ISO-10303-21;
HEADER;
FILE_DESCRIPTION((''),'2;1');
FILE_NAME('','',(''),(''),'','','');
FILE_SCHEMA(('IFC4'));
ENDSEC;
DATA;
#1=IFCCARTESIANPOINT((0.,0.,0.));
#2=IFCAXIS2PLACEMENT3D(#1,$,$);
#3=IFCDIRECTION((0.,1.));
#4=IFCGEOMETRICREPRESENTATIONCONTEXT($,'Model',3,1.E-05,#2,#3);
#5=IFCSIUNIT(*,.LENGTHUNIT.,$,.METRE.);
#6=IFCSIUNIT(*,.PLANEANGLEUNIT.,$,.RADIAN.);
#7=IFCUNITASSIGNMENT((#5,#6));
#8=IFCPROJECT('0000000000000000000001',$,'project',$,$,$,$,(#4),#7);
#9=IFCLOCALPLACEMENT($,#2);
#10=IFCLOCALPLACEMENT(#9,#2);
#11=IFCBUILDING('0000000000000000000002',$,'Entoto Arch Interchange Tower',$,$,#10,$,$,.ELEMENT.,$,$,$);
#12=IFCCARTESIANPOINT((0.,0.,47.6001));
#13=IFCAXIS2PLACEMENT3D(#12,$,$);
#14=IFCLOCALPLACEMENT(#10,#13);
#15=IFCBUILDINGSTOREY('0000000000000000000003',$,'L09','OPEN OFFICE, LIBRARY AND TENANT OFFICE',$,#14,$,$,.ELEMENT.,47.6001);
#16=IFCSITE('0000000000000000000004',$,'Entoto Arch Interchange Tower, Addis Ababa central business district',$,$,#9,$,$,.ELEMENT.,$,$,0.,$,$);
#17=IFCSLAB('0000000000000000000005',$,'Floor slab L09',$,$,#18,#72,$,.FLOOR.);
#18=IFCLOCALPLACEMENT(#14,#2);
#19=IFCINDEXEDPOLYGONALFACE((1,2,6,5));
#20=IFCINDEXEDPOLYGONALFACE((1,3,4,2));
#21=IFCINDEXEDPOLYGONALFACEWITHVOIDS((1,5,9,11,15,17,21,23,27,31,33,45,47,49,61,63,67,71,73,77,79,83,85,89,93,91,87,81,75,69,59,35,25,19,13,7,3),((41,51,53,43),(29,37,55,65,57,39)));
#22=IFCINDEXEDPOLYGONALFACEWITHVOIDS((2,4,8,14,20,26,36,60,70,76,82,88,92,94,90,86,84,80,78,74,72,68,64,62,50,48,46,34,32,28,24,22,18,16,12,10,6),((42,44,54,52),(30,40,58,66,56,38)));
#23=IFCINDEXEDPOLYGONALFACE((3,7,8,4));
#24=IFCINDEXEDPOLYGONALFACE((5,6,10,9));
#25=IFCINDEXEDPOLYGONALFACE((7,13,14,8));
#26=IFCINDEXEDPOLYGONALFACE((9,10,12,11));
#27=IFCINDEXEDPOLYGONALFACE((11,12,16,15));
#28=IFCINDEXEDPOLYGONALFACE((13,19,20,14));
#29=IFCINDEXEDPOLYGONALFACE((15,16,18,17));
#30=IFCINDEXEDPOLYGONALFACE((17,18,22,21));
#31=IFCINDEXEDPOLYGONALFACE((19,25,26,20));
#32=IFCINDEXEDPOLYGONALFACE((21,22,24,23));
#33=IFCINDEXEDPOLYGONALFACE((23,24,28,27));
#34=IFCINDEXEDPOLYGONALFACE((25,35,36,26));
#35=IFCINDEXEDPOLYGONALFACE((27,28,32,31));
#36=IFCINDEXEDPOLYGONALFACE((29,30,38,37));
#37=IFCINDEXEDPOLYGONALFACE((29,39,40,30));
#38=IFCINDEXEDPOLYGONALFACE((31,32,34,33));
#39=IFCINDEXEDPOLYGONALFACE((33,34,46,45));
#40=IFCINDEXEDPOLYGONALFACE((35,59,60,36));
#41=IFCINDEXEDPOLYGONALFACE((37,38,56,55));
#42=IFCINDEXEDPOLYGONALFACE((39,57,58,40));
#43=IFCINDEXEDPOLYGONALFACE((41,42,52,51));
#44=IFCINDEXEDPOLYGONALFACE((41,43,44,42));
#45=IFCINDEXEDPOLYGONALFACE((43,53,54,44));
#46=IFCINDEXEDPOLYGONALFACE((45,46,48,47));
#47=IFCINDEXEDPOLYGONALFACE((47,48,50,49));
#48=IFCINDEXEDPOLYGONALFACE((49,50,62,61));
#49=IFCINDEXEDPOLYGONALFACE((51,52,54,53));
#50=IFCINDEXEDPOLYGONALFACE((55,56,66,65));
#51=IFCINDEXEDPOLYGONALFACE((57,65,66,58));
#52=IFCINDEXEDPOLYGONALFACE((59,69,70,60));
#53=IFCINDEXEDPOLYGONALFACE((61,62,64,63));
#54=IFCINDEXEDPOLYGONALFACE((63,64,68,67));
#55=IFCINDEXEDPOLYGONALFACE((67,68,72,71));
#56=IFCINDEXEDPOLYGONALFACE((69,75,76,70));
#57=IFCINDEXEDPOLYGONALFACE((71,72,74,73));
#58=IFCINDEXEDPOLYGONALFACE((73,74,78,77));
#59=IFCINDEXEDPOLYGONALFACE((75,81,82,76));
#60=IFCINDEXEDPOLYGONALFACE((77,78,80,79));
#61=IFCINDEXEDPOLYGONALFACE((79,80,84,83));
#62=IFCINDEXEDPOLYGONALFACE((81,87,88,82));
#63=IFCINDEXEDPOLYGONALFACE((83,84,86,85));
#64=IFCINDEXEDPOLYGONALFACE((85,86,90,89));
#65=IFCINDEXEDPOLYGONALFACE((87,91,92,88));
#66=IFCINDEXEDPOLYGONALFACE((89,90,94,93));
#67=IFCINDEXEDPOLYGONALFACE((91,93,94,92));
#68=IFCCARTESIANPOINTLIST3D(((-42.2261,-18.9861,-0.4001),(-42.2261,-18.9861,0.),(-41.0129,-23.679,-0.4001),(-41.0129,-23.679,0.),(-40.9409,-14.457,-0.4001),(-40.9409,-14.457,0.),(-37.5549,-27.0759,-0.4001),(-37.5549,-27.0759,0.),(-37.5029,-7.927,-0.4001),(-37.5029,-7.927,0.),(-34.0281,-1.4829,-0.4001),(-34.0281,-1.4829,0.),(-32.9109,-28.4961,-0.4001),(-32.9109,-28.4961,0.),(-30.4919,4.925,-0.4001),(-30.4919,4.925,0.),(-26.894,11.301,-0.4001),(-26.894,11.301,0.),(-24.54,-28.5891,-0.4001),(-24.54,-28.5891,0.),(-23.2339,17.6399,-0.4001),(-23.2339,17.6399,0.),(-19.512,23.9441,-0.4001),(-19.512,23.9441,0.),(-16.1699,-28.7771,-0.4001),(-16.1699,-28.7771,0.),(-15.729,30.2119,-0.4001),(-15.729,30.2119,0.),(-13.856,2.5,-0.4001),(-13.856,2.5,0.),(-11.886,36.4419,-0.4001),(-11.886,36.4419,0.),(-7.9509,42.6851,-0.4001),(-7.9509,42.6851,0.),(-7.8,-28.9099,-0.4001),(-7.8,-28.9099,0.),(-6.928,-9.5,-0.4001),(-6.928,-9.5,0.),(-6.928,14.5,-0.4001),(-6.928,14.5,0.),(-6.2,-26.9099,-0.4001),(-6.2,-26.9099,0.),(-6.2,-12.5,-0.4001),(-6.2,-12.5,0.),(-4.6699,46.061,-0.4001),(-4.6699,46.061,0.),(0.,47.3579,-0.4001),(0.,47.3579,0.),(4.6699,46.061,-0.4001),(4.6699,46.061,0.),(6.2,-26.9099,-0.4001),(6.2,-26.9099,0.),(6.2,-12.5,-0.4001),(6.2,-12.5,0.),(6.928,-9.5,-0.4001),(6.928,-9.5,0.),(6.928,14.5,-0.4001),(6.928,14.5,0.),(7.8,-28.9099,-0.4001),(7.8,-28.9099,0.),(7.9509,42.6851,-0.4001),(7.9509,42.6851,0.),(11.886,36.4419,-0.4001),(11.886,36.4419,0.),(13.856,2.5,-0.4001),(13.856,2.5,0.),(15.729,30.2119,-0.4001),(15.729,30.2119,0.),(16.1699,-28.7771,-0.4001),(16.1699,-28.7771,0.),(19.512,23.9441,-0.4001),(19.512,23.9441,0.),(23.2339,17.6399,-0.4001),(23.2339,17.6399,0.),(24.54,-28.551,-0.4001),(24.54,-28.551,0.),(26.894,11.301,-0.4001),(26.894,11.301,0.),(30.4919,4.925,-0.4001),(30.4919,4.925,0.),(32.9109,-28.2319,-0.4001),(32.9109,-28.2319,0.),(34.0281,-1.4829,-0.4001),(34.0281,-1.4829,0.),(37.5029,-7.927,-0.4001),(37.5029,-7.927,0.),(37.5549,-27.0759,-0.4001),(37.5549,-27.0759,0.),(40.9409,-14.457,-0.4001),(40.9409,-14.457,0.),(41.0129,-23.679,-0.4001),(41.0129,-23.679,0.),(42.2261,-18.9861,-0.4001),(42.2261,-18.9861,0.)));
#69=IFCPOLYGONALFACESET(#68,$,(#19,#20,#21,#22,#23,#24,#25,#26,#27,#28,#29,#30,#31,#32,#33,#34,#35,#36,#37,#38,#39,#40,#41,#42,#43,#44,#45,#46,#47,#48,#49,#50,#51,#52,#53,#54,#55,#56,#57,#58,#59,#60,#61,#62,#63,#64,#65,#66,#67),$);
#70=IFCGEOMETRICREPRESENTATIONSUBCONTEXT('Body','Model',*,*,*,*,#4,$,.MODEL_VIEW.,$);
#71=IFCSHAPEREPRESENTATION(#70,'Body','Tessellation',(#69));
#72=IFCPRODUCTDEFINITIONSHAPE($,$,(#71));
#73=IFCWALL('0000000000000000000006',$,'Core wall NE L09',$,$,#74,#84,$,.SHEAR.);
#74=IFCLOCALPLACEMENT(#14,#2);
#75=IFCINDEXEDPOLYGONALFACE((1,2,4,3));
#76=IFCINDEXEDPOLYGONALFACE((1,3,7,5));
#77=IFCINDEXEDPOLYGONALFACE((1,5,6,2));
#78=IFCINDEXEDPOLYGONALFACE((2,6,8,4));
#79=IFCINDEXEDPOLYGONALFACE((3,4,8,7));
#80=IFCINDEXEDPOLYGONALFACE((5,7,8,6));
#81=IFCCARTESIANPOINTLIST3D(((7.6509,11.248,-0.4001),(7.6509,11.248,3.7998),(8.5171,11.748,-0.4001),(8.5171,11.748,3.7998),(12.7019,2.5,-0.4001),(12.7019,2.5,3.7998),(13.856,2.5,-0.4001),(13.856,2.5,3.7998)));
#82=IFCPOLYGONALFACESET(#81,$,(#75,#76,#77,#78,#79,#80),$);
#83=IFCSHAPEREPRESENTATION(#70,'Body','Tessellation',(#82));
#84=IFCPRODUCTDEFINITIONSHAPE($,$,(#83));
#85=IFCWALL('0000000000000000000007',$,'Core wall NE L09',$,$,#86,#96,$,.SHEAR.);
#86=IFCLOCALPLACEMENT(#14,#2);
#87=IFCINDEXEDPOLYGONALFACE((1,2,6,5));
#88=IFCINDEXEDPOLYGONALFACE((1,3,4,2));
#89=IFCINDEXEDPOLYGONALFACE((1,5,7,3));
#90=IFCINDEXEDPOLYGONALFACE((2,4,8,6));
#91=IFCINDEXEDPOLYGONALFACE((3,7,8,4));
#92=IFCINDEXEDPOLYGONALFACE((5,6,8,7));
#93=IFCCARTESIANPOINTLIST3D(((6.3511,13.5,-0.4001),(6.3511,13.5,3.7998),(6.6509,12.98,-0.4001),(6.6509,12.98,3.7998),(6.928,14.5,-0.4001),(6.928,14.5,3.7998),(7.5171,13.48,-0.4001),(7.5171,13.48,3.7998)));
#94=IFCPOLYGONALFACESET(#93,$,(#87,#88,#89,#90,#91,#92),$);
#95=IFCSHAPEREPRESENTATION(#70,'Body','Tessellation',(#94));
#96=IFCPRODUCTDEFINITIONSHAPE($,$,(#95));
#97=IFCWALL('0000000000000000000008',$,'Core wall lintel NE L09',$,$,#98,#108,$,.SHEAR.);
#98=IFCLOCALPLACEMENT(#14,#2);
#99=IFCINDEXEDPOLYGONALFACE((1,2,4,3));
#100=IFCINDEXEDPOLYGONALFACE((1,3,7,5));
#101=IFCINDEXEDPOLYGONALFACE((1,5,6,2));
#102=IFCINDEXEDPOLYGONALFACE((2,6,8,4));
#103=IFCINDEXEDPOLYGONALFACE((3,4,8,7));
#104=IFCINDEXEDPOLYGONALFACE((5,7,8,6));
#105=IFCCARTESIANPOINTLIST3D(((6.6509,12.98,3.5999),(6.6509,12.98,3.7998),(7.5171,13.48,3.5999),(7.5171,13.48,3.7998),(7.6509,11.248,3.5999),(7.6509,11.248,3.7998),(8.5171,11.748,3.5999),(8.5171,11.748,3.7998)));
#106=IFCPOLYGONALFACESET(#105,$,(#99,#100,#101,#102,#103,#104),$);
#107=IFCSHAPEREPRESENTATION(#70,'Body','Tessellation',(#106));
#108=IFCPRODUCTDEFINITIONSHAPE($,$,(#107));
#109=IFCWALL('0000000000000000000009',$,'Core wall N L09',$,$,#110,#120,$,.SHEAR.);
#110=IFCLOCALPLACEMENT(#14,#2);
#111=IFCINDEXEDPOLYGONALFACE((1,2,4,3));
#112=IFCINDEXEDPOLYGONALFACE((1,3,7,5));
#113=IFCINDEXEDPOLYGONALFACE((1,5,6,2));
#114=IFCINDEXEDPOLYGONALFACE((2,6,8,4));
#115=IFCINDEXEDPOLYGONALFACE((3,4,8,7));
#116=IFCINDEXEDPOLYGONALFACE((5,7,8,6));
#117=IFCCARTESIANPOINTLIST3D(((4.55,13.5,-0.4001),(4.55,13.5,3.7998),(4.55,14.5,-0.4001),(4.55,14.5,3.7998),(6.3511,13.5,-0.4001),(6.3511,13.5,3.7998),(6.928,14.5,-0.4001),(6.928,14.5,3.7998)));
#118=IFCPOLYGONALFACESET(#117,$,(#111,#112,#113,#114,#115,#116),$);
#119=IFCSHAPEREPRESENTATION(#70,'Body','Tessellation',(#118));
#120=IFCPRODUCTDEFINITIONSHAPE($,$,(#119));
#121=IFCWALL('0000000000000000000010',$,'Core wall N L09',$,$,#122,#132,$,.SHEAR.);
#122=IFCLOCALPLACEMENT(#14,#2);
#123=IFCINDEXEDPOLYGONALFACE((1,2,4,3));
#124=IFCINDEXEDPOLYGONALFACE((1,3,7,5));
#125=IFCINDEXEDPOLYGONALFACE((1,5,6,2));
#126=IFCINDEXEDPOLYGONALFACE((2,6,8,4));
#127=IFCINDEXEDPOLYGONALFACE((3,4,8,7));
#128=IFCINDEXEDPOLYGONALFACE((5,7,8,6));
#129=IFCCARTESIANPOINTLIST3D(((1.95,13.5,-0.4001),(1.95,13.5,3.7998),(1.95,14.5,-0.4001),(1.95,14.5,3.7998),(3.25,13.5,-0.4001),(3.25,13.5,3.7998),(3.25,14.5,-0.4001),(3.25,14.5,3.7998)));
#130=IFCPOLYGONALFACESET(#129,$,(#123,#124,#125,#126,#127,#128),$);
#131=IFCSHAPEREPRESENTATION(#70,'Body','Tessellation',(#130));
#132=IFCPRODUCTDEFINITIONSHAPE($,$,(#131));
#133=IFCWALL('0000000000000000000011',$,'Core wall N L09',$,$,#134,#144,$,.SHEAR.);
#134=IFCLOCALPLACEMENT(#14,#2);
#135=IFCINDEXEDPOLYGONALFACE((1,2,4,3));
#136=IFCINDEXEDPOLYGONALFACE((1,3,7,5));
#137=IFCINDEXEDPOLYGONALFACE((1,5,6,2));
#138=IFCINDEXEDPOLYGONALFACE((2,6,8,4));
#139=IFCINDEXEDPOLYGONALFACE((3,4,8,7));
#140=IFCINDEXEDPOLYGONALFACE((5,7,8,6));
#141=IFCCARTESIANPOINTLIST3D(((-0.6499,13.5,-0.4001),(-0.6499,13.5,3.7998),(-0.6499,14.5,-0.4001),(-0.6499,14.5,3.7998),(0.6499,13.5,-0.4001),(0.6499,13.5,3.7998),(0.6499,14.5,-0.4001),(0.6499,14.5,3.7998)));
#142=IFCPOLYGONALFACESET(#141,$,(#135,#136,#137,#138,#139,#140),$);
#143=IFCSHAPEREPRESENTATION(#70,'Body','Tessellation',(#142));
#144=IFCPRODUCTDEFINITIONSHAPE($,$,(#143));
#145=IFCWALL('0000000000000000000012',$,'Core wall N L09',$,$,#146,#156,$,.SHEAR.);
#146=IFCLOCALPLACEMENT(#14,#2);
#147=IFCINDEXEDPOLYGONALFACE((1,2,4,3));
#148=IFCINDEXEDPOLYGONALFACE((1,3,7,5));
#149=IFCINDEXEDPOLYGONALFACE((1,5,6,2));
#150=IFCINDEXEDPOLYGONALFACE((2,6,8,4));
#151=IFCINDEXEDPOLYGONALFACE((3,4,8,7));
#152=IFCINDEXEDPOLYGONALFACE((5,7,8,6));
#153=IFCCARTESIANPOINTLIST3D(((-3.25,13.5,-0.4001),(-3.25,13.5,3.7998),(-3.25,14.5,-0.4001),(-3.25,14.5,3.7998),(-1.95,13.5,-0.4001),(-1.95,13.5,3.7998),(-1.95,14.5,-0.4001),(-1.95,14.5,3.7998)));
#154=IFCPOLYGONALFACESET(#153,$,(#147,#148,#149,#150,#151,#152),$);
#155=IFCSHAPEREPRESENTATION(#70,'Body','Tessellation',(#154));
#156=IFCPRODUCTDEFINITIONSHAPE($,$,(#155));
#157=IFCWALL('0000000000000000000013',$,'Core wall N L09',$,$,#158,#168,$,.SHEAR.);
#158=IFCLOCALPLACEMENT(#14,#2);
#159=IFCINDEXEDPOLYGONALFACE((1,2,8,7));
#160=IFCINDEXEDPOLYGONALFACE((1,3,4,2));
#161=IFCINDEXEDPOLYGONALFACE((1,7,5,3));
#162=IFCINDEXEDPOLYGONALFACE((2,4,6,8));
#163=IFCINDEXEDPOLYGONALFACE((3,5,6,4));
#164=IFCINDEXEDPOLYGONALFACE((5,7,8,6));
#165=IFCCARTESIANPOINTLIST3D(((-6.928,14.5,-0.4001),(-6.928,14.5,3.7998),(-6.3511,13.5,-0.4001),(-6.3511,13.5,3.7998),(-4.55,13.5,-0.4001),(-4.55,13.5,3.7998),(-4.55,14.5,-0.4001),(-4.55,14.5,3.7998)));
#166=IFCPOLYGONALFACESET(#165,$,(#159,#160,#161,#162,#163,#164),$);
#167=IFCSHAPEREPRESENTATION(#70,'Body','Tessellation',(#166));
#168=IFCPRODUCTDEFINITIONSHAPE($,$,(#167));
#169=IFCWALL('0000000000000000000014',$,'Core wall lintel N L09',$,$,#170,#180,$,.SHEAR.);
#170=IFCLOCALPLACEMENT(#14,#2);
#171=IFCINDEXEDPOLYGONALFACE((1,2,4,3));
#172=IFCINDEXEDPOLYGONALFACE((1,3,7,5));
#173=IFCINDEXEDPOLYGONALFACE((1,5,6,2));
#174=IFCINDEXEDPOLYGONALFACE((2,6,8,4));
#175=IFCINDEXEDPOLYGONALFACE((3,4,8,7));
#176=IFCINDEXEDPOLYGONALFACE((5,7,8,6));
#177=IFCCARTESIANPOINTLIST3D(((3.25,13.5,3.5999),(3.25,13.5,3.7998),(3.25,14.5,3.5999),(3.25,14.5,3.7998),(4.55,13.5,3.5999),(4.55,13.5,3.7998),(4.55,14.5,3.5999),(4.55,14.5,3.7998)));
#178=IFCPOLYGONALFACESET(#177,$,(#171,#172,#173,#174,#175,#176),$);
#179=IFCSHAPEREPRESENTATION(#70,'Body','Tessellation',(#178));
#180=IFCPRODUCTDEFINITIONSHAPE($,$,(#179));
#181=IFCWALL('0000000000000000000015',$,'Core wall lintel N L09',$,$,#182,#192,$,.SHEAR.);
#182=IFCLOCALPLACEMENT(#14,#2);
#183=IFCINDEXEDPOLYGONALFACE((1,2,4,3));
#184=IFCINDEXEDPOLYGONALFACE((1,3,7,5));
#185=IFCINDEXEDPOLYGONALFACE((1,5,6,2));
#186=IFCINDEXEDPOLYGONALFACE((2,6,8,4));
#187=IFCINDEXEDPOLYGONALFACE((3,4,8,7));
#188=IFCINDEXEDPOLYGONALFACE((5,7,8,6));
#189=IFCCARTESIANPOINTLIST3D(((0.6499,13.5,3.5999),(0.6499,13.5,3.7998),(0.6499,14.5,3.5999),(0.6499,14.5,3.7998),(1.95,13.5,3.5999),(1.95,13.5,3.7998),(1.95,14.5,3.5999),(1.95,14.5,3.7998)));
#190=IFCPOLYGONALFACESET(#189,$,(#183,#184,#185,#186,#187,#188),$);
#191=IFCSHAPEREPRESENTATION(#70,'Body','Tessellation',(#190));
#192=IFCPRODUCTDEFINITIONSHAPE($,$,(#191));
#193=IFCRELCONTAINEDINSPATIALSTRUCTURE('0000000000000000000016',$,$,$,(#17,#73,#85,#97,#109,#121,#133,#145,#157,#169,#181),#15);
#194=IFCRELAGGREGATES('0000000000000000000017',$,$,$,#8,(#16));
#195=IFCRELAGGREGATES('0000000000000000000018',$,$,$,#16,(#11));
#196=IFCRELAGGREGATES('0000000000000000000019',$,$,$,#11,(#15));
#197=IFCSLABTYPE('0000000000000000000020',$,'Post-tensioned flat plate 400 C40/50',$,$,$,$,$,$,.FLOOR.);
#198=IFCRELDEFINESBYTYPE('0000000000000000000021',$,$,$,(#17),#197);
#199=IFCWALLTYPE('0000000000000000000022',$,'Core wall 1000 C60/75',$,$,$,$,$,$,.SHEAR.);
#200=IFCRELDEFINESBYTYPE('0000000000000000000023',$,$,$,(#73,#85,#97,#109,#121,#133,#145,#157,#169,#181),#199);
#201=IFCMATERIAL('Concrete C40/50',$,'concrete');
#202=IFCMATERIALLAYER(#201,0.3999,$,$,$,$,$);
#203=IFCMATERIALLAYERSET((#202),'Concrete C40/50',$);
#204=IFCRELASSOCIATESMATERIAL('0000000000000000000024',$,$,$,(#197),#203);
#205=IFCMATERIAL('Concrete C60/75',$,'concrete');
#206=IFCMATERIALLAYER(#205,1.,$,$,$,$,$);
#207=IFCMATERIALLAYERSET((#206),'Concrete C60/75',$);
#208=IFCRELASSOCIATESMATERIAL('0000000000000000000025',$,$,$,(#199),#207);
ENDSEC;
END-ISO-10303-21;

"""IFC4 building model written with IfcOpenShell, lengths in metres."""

from ifc_helpers import new_model, si_unit, direction, frame, origin, place, context, subcontext, project, spatial, polyline, outline, extrude, material, layer, layer_set, type_object, element, save


model = new_model("IFC4")

# Units and contexts
model_context = context("Model", 3, precision=1e-05, world=origin(), true_north=direction((0.0, 1.0)))
body_context = subcontext(model_context, "Body", "Model", "MODEL_VIEW")
ifc_project = project(units=[si_unit("LENGTHUNIT", "METRE"), si_unit("PLANEANGLEUNIT", "RADIAN")], contexts=[model_context])

# Site, building, storey
site_placement = place(None, origin())
site = spatial("IfcSite", under=ifc_project, at=site_placement, Name="Entoto Arch Interchange Tower, Addis Ababa central business district", CompositionType="ELEMENT", RefElevation=0.0)
building_placement = place(site_placement, origin())
building = spatial("IfcBuilding", under=site, at=building_placement, Name="Entoto Arch Interchange Tower", CompositionType="ELEMENT")
storey_placement = place(building_placement, frame((0.0, 0.0, 47.6001)))
storey = spatial("IfcBuildingStorey", under=building, at=storey_placement, Name="L09", Description="OPEN OFFICE, LIBRARY AND TENANT OFFICE", CompositionType="ELEMENT", Elevation=47.6001)

# Slab
ifc_material_1 = material(Name="Concrete C40/50", Category="concrete")
ifc_layer_1 = layer(ifc_material_1, 0.3999)
ifc_layer_set_1 = layer_set([ifc_layer_1], Name="Concrete C40/50")
slab_type = type_object("IfcSlabType", Name="Post-tensioned flat plate 400 C40/50", PredefinedType="FLOOR", material=ifc_layer_set_1)
slab_placement = place(storey_placement, frame((0.0, 0.0, -0.4001)))
element("IfcSlab", 1, at=slab_placement, inside=storey, type_object=slab_type, Name="Floor slab L09", PredefinedType="FLOOR", context=body_context, shape_type="SweptSolid", body=[
    extrude(outline(polyline([(-32.9109, -28.4961), (-24.54, -28.5891), (-16.1699, -28.7771), (-7.8, -28.9099), (7.8, -28.9099), (16.1699, -28.7771), (24.54, -28.551), (32.9109, -28.2319), (37.5549, -27.0759), (41.0129, -23.679), (42.2261, -18.9861), (40.9409, -14.457), (37.5029, -7.927), (34.0281, -1.4829), (30.4919, 4.925), (26.894, 11.301), (23.2339, 17.6399), (19.512, 23.9441), (15.729, 30.2119), (11.886, 36.4419), (7.9509, 42.6851), (4.6699, 46.061), (0.0, 47.3579), (-4.6699, 46.061), (-7.9509, 42.6851), (-11.886, 36.4419), (-15.729, 30.2119), (-19.512, 23.9441), (-23.2339, 17.6399), (-26.894, 11.301), (-30.4919, 4.925), (-34.0281, -1.4829), (-37.5029, -7.927), (-40.9409, -14.457), (-42.2261, -18.9861), (-41.0129, -23.679), (-37.5549, -27.0759), (-32.9109, -28.4961)]), holes=[polyline([(6.2, -26.9099), (6.2, -12.5), (-6.2, -12.5), (-6.2, -26.9099), (6.2, -26.9099)]), polyline([(13.856, 2.5), (6.928, 14.5), (-6.928, 14.5), (-13.856, 2.5), (-6.928, -9.5), (6.928, -9.5), (13.856, 2.5)])]), origin(), (0.0, 0.0, 1.0), 0.4001),
])

# Walls
ifc_material_2 = material(Name="Concrete C60/75", Category="concrete")
ifc_layer_2 = layer(ifc_material_2, 1.0)
ifc_layer_set_2 = layer_set([ifc_layer_2], Name="Concrete C60/75")
wall_type_1 = type_object("IfcWallType", Name="Core wall 1000 C60/75", PredefinedType="SHEAR", material=ifc_layer_set_2)
wall_1_placement = place(storey_placement, frame((0.0, 0.0, -0.4001)))
element("IfcWall", 2, at=wall_1_placement, inside=storey, type_object=wall_type_1, Name="Core wall NE L09", PredefinedType="SHEAR", context=body_context, shape_type="SweptSolid", body=[
    extrude(outline(polyline([(8.5171, 11.748), (7.6509, 11.248), (12.7019, 2.5), (13.856, 2.5), (8.5171, 11.748)])), origin(), (0.0, 0.0, 1.0), 4.2),
])
wall_2_placement = place(storey_placement, frame((0.0, 0.0, -0.4001)))
element("IfcWall", 3, at=wall_2_placement, inside=storey, type_object=wall_type_1, Name="Core wall NE L09", PredefinedType="SHEAR", context=body_context, shape_type="SweptSolid", body=[
    extrude(outline(polyline([(6.6509, 12.98), (7.5171, 13.48), (6.928, 14.5), (6.3511, 13.5), (6.6509, 12.98)])), origin(), (0.0, 0.0, 1.0), 4.2),
])
wall_3_placement = place(storey_placement, frame((0.0, 0.0, 3.5999)))
element("IfcWall", 4, at=wall_3_placement, inside=storey, type_object=wall_type_1, Name="Core wall lintel NE L09", PredefinedType="SHEAR", context=body_context, shape_type="SweptSolid", body=[
    extrude(outline(polyline([(7.5171, 13.48), (6.6509, 12.98), (7.6509, 11.248), (8.5171, 11.748), (7.5171, 13.48)])), origin(), (0.0, 0.0, 1.0), 0.2),
])
wall_4_placement = place(storey_placement, frame((0.0, 0.0, -0.4001)))
element("IfcWall", 5, at=wall_4_placement, inside=storey, type_object=wall_type_1, Name="Core wall N L09", PredefinedType="SHEAR", context=body_context, shape_type="SweptSolid", body=[
    extrude(outline(polyline([(4.55, 14.5), (4.55, 13.5), (6.3511, 13.5), (6.928, 14.5), (4.55, 14.5)])), origin(), (0.0, 0.0, 1.0), 4.2),
])
wall_5_placement = place(storey_placement, frame((0.0, 0.0, -0.4001)))
element("IfcWall", 6, at=wall_5_placement, inside=storey, type_object=wall_type_1, Name="Core wall N L09", PredefinedType="SHEAR", context=body_context, shape_type="SweptSolid", body=[
    extrude(outline(polyline([(1.95, 14.5), (1.95, 13.5), (3.25, 13.5), (3.25, 14.5), (1.95, 14.5)])), origin(), (0.0, 0.0, 1.0), 4.2),
])
wall_6_placement = place(storey_placement, frame((0.0, 0.0, -0.4001)))
element("IfcWall", 7, at=wall_6_placement, inside=storey, type_object=wall_type_1, Name="Core wall N L09", PredefinedType="SHEAR", context=body_context, shape_type="SweptSolid", body=[
    extrude(outline(polyline([(-0.6499, 14.5), (-0.6499, 13.5), (0.6499, 13.5), (0.6499, 14.5), (-0.6499, 14.5)])), origin(), (0.0, 0.0, 1.0), 4.2),
])
wall_7_placement = place(storey_placement, frame((0.0, 0.0, -0.4001)))
element("IfcWall", 8, at=wall_7_placement, inside=storey, type_object=wall_type_1, Name="Core wall N L09", PredefinedType="SHEAR", context=body_context, shape_type="SweptSolid", body=[
    extrude(outline(polyline([(-3.25, 14.5), (-3.25, 13.5), (-1.95, 13.5), (-1.95, 14.5), (-3.25, 14.5)])), origin(), (0.0, 0.0, 1.0), 4.2),
])
wall_8_placement = place(storey_placement, frame((0.0, 0.0, -0.4001)))
element("IfcWall", 9, at=wall_8_placement, inside=storey, type_object=wall_type_1, Name="Core wall N L09", PredefinedType="SHEAR", context=body_context, shape_type="SweptSolid", body=[
    extrude(outline(polyline([(-4.55, 13.5), (-4.55, 14.5), (-6.928, 14.5), (-6.3511, 13.5), (-4.55, 13.5)])), origin(), (0.0, 0.0, 1.0), 4.2),
])
wall_9_placement = place(storey_placement, frame((0.0, 0.0, 3.5999)))
element("IfcWall", 10, at=wall_9_placement, inside=storey, type_object=wall_type_1, Name="Core wall lintel N L09", PredefinedType="SHEAR", context=body_context, shape_type="SweptSolid", body=[
    extrude(outline(polyline([(3.25, 14.5), (3.25, 13.5), (4.55, 13.5), (4.55, 14.5), (3.25, 14.5)])), origin(), (0.0, 0.0, 1.0), 0.2),
])
wall_10_placement = place(storey_placement, frame((0.0, 0.0, 3.5999)))
element("IfcWall", 11, at=wall_10_placement, inside=storey, type_object=wall_type_1, Name="Core wall lintel N L09", PredefinedType="SHEAR", context=body_context, shape_type="SweptSolid", body=[
    extrude(outline(polyline([(0.6499, 14.5), (0.6499, 13.5), (1.95, 13.5), (1.95, 14.5), (0.6499, 14.5)])), origin(), (0.0, 0.0, 1.0), 0.2),
])

save(model, "model.ifc")
